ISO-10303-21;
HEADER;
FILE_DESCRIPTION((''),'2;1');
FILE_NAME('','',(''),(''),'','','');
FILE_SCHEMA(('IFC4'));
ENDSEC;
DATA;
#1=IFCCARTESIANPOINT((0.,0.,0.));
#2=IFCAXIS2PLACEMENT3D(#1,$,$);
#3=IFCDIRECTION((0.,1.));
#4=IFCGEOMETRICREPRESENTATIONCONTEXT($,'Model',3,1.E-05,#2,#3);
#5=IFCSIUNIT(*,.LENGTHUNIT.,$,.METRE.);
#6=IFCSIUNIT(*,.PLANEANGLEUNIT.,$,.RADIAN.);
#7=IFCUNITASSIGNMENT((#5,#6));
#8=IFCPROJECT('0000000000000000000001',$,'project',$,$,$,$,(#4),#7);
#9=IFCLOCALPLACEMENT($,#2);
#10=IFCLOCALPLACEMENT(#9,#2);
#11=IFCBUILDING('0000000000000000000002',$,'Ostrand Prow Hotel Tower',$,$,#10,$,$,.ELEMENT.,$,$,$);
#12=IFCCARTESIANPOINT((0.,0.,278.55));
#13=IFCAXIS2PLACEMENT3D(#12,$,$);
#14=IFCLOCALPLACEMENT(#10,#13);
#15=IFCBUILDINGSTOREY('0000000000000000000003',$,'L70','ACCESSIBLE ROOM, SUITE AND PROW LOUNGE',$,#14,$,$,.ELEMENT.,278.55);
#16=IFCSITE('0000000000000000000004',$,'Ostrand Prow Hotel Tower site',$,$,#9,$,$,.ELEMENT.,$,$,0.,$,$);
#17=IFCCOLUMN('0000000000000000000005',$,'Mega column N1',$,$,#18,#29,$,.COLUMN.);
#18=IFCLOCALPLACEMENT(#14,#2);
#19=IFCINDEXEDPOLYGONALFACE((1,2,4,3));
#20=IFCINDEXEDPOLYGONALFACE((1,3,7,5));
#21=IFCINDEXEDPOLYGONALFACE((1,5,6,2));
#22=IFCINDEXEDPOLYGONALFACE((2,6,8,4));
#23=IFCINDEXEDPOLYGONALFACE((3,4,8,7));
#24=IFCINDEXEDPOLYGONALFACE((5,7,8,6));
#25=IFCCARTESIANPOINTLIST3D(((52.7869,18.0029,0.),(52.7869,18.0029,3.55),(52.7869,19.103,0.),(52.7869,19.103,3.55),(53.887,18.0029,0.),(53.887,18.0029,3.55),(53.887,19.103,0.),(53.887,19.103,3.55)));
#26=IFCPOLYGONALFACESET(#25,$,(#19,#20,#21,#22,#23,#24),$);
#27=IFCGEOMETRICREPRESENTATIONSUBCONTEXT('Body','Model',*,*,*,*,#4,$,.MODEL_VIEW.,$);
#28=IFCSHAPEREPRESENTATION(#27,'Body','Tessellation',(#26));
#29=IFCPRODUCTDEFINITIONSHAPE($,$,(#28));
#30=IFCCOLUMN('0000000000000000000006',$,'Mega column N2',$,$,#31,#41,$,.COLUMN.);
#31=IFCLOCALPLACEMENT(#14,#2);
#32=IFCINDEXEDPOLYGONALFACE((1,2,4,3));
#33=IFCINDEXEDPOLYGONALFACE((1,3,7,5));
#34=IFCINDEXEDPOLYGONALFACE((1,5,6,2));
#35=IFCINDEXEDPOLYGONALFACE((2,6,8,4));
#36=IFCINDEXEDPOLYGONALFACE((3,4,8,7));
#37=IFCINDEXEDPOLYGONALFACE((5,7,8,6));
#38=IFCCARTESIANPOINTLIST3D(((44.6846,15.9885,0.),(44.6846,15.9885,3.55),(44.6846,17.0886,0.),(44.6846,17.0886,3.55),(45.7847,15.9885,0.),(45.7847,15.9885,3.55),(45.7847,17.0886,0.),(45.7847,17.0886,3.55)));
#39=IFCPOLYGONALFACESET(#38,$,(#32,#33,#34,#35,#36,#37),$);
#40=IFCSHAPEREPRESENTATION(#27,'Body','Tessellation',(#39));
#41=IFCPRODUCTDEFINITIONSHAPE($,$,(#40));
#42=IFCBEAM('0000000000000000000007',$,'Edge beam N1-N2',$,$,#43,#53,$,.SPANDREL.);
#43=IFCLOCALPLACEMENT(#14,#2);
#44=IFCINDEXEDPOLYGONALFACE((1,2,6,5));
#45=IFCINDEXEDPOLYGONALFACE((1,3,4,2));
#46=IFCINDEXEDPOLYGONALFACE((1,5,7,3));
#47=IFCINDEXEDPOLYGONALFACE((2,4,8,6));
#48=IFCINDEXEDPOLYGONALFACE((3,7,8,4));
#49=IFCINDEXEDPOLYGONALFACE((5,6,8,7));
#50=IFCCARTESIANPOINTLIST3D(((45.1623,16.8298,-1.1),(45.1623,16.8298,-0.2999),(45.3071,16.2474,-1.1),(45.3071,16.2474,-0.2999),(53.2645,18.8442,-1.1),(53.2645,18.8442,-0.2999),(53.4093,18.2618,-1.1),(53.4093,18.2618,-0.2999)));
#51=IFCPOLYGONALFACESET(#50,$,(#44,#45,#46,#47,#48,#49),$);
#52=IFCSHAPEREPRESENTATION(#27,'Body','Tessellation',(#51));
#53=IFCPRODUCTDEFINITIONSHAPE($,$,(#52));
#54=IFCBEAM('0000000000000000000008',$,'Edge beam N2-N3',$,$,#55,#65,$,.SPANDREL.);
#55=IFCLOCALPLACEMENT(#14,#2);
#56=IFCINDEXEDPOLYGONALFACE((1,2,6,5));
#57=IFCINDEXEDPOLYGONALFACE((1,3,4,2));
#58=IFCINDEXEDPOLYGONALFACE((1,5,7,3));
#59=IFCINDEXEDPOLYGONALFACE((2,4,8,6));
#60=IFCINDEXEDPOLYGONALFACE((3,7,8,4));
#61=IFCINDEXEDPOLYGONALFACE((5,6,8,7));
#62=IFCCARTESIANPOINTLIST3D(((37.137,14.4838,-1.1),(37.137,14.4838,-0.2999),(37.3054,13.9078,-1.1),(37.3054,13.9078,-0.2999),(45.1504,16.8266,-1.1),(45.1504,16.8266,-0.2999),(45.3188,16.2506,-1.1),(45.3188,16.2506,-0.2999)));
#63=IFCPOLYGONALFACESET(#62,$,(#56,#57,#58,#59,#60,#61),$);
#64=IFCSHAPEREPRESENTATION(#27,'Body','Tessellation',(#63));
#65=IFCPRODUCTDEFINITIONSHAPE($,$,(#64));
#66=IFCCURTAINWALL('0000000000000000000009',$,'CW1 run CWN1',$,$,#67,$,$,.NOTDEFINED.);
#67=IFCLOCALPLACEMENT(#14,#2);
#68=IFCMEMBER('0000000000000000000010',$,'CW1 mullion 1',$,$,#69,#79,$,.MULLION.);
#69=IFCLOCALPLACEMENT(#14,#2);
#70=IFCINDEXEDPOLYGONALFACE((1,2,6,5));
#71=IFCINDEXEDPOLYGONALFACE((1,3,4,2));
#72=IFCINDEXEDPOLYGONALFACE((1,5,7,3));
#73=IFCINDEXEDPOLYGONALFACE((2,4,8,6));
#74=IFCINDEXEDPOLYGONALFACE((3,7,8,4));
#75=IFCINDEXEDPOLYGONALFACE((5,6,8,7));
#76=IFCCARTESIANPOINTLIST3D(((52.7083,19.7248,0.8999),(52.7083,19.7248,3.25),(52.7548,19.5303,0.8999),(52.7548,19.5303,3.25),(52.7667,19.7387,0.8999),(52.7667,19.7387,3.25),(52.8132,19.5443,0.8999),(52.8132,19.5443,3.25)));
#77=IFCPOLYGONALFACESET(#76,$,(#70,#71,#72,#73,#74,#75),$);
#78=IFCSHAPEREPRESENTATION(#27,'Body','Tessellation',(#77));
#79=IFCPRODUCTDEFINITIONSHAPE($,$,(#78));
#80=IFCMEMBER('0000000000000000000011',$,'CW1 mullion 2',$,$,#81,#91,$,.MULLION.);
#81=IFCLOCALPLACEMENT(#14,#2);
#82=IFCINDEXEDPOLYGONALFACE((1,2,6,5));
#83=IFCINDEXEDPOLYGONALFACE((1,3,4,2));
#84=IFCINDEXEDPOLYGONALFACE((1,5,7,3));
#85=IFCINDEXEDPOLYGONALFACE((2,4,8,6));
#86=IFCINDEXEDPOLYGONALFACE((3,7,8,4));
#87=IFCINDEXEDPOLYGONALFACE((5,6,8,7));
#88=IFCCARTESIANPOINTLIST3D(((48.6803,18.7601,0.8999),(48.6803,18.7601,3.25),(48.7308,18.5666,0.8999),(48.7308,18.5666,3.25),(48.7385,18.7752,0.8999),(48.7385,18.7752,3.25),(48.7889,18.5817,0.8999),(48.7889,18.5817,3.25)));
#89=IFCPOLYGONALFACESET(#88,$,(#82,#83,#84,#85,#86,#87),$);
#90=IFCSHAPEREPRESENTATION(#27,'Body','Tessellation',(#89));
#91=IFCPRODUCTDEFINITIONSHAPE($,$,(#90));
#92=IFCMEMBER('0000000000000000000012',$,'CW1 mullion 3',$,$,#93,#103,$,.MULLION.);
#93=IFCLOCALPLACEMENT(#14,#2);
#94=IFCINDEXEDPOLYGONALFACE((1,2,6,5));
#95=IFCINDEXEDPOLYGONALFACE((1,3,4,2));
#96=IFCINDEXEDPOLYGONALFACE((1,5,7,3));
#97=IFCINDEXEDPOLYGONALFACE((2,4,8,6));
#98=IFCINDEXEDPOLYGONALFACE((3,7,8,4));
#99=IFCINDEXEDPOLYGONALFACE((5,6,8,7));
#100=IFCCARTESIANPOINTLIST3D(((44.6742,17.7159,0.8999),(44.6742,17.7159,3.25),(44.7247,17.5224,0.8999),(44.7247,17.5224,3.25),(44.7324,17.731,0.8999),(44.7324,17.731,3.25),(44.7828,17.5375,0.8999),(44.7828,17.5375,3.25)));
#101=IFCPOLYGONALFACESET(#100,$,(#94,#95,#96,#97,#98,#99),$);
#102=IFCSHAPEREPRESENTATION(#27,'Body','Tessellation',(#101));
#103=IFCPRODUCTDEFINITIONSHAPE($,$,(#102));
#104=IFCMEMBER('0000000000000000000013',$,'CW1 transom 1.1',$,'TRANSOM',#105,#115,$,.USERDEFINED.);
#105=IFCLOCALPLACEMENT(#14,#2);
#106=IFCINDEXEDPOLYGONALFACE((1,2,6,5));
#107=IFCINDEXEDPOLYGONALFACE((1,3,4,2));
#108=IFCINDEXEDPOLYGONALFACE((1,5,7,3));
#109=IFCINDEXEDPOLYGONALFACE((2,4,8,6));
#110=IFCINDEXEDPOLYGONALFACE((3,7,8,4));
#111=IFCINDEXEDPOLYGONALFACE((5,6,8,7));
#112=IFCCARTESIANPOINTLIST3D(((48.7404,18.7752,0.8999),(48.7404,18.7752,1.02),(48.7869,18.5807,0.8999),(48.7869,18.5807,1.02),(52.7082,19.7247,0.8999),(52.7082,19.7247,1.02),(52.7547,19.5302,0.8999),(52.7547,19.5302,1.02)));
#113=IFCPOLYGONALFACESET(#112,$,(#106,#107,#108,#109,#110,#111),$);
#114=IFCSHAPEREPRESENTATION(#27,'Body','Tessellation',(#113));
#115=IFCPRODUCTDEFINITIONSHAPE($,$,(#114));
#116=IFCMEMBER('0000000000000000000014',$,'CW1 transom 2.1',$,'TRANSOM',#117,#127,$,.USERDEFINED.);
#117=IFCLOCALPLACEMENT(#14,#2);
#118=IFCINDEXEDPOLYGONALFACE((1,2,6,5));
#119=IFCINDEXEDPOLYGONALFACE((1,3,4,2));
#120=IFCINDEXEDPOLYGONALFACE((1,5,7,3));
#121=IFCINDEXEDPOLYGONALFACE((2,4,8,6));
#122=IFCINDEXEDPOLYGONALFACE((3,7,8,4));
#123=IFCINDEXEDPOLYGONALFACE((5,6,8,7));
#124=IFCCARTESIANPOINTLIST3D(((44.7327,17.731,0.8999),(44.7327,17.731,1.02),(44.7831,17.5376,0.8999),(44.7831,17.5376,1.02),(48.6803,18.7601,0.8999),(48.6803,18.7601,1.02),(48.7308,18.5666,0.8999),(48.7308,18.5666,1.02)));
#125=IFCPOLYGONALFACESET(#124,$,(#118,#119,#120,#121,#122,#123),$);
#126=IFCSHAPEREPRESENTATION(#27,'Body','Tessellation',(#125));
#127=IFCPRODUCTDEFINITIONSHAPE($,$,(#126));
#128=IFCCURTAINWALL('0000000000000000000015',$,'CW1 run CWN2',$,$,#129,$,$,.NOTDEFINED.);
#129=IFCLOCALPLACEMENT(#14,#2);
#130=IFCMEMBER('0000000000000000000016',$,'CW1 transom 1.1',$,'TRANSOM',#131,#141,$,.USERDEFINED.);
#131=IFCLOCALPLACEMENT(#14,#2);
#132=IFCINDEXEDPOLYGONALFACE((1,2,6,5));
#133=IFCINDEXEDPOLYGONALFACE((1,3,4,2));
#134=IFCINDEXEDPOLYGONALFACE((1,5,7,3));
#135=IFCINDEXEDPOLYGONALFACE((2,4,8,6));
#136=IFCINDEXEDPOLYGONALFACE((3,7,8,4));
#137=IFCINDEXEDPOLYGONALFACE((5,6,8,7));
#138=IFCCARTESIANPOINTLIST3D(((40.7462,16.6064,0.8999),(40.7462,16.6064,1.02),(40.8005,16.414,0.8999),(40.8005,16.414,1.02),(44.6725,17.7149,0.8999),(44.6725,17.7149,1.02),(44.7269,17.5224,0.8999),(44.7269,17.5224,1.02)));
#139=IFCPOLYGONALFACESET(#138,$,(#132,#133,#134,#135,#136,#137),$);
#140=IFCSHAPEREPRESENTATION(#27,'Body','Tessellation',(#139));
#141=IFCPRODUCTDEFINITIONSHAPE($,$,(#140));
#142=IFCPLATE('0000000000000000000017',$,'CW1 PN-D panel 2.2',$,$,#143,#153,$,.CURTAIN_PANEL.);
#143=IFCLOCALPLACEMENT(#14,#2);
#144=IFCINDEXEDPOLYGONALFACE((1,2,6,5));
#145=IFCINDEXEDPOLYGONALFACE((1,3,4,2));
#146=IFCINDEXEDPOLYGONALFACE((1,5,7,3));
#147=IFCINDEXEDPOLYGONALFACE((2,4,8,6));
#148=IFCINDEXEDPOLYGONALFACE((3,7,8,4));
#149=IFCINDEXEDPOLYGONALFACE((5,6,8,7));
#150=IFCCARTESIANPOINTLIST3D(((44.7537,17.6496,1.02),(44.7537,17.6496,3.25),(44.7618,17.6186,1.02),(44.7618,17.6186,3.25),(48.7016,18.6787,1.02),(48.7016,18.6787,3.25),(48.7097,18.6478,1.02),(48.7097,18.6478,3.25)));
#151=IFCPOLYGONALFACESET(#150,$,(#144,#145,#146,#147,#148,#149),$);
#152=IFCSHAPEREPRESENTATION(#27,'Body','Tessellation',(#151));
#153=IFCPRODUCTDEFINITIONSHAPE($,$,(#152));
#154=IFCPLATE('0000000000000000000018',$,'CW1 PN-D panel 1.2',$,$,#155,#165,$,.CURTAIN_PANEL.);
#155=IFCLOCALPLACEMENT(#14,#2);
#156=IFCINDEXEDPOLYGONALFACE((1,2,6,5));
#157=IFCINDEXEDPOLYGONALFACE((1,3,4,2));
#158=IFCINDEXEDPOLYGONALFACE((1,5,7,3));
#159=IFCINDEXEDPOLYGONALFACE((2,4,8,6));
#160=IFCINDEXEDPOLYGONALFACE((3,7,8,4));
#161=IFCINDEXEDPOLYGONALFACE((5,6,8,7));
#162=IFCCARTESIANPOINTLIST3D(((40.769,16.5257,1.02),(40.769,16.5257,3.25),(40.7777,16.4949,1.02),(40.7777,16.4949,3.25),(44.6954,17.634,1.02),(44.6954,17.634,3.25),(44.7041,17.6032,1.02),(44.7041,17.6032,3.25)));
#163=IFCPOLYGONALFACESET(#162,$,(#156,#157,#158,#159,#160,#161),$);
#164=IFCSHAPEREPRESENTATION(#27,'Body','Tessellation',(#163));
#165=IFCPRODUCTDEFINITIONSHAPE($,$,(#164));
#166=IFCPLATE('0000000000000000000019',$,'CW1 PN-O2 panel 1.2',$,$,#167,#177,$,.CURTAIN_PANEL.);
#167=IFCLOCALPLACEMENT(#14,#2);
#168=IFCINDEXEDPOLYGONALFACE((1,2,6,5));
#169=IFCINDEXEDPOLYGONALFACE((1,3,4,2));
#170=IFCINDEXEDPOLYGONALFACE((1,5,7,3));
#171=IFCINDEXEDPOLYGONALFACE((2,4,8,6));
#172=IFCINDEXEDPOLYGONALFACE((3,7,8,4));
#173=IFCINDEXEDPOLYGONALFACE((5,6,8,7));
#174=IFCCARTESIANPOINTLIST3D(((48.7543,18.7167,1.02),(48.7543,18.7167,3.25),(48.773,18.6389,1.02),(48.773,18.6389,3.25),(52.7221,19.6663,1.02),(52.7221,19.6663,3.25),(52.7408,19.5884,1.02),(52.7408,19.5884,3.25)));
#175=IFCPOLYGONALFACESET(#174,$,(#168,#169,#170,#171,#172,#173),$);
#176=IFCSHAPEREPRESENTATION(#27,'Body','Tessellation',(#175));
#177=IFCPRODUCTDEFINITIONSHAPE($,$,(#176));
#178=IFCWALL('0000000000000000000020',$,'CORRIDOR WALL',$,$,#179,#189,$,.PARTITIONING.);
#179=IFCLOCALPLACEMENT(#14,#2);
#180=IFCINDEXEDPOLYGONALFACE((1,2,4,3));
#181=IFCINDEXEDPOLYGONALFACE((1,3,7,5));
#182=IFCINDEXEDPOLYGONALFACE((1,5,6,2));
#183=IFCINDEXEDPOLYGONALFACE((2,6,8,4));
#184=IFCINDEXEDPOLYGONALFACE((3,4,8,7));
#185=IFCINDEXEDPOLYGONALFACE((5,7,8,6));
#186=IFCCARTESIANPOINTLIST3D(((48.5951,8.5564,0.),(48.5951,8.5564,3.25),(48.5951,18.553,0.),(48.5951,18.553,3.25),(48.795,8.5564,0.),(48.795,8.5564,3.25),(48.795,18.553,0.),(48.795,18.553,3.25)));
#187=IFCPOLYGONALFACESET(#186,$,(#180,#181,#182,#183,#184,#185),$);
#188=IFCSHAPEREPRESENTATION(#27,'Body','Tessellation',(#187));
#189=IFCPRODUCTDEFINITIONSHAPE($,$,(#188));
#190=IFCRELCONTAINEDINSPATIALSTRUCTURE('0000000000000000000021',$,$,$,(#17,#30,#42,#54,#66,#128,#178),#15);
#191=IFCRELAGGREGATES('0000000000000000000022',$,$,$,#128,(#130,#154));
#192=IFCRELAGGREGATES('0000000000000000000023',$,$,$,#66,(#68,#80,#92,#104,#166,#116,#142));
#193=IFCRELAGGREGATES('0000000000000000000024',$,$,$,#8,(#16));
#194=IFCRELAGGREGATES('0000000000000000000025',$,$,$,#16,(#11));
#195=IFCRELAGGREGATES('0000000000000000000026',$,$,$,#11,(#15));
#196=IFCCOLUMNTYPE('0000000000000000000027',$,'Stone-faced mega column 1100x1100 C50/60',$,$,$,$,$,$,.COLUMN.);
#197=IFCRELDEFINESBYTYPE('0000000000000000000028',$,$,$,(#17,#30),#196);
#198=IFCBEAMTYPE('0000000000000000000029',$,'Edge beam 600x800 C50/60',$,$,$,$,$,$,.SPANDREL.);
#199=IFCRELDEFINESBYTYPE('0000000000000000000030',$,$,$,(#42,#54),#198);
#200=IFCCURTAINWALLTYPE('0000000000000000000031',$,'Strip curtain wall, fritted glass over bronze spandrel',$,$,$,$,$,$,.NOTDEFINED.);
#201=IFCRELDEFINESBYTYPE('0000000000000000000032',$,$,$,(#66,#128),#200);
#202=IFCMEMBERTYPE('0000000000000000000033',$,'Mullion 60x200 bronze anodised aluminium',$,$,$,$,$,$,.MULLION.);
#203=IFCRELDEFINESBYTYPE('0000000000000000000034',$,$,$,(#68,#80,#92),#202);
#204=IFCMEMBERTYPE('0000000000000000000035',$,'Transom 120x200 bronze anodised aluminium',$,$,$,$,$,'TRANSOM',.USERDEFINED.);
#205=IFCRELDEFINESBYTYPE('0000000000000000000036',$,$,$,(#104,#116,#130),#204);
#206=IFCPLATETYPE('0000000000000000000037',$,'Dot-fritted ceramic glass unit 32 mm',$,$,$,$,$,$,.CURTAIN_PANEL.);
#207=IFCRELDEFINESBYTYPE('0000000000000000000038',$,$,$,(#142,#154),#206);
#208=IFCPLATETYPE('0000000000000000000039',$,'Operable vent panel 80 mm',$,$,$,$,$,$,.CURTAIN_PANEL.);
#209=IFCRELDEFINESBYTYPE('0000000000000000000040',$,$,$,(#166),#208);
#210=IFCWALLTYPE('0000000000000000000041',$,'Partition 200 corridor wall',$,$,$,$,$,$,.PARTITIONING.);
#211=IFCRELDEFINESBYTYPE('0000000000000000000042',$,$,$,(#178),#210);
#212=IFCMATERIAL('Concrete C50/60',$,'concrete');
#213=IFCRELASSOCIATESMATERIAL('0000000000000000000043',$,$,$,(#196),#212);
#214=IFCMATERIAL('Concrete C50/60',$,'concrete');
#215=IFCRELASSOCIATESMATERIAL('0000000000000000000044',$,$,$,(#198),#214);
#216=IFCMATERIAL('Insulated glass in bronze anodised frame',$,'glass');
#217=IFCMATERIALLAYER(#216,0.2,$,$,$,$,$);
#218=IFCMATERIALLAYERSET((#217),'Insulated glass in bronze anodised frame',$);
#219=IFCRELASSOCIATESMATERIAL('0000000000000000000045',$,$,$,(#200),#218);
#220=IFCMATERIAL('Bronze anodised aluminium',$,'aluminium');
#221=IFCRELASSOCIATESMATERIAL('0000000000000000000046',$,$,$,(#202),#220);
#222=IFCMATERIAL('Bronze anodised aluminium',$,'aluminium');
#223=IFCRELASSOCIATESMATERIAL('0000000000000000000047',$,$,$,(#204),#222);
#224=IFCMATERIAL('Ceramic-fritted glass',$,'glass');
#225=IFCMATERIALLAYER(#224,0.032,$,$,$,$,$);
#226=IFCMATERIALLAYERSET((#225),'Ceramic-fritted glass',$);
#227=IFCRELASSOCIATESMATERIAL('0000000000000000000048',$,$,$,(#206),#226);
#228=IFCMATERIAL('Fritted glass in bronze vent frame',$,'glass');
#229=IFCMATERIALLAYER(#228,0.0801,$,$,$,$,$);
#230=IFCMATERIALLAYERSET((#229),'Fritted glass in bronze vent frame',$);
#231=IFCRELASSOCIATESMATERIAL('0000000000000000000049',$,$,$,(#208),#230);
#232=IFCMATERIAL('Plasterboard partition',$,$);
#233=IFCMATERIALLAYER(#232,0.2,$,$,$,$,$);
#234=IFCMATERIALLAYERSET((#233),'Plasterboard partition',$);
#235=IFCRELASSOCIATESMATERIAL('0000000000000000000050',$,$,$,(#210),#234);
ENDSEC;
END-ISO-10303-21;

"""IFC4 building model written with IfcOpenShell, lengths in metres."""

from ifc_helpers import new_model, si_unit, direction, frame, frame_2d, origin, origin_2d, place, context, subcontext, project, spatial, rectangle, extrude, material, layer, layer_set, material_profile, profile_set, type_object, element, aggregate, save


model = new_model("IFC4")

# Units and contexts
model_context = context("Model", 3, precision=1e-05, world=origin(), true_north=direction((0.0, 1.0)))
body_context = subcontext(model_context, "Body", "Model", "MODEL_VIEW")
ifc_project = project(units=[si_unit("LENGTHUNIT", "METRE"), si_unit("PLANEANGLEUNIT", "RADIAN")], contexts=[model_context])

# Site, building, storey
site_placement = place(None, origin())
site = spatial("IfcSite", under=ifc_project, at=site_placement, Name="Ostrand Prow Hotel Tower site", CompositionType="ELEMENT", RefElevation=0.0)
building_placement = place(site_placement, origin())
building = spatial("IfcBuilding", under=site, at=building_placement, Name="Ostrand Prow Hotel Tower", CompositionType="ELEMENT")
storey_placement = place(building_placement, frame((0.0, 0.0, 278.55)))
storey = spatial("IfcBuildingStorey", under=building, at=storey_placement, Name="L70", Description="ACCESSIBLE ROOM, SUITE AND PROW LOUNGE", CompositionType="ELEMENT", Elevation=278.55)

# Columns
ifc_material_1 = material(Name="Concrete C50/60", Category="concrete")
ifc_material_profile_1 = material_profile(ifc_material_1, rectangle(XDim=1.1001, YDim=1.1001, at=origin_2d()), Name="RC 1100x1100")
ifc_profile_set_1 = profile_set([ifc_material_profile_1], Name="Concrete C50/60")
column_type = type_object("IfcColumnType", Name="Stone-faced mega column 1100x1100 C50/60", PredefinedType="COLUMN", material=ifc_profile_set_1)
for number, where, z_axis, x_axis, name in (
    (1, (53.3369, 18.553, 0.0), (0.0, 0.0, 1.0), (1.0, 0.0, 0.0), "Mega column N1"),
    (2, (45.2346, 16.5386, 0.0), (0.0, 0.0, 1.0), (1.0, 0.0, 0.0), "Mega column N2"),
):
    element("IfcColumn", number, at=place(storey_placement, frame(where, z_axis=z_axis, x_axis=x_axis)), inside=storey, type_object=column_type, Name=name, PredefinedType="COLUMN", context=body_context, shape_type="SweptSolid", body=[
        extrude(rectangle(XDim=1.1001, YDim=1.1001, at=origin_2d()), origin(), (0.0, 0.0, 1.0), 3.55),
    ])

# Beams
ifc_material_2 = material(Name="Concrete C50/60", Category="concrete")
ifc_material_profile_2 = material_profile(ifc_material_2, rectangle(XDim=0.6001, YDim=0.8, at=origin_2d()), Name="RC 600x800")
ifc_profile_set_2 = profile_set([ifc_material_profile_2], Name="Concrete C50/60")
beam_type = type_object("IfcBeamType", Name="Edge beam 600x800 C50/60", PredefinedType="SPANDREL", material=ifc_profile_set_2)
for number, where, z_axis, x_axis, name in (
    (3, (53.3369, 18.553, -0.7), (-0.970456, -0.241276, 0.0), (0.241276, -0.970456, 0.0), "Edge beam N1-N2"),
    (4, (45.2346, 16.5386, -0.7), (-0.959822, -0.28061, 0.0), (0.28061, -0.959822, 0.0), "Edge beam N2-N3"),
):
    element("IfcBeam", number, at=place(storey_placement, frame(where, z_axis=z_axis, x_axis=x_axis)), inside=storey, type_object=beam_type, Name=name, PredefinedType="SPANDREL", context=body_context, shape_type="SweptSolid", body=[
        extrude(rectangle(XDim=0.6001, YDim=0.8, at=origin_2d()), origin(), (0.0, 0.0, 1.0), 8.3489),
    ])

# Curtain wall, members
ifc_material_3 = material(Name="Insulated glass in bronze anodised frame", Category="glass")
ifc_layer_1 = layer(ifc_material_3, 0.2)
ifc_layer_set_1 = layer_set([ifc_layer_1], Name="Insulated glass in bronze anodised frame")
curtain_wall_type = type_object("IfcCurtainWallType", Name="Strip curtain wall, fritted glass over bronze spandrel", PredefinedType="NOTDEFINED", material=ifc_layer_set_1)
curtain_wall_1_placement = place(storey_placement, origin())
curtain_wall_1 = element("IfcCurtainWall", 5, at=curtain_wall_1_placement, inside=storey, type_object=curtain_wall_type, Name="CW1 run CWN1", PredefinedType="NOTDEFINED")
ifc_material_4 = material(Name="Bronze anodised aluminium", Category="aluminium")
ifc_material_profile_3 = material_profile(ifc_material_4, rectangle(XDim=0.2, YDim=0.0601, at=origin_2d()), Name="Mullion 60x200 bronze anodised aluminium")
ifc_profile_set_3 = profile_set([ifc_material_profile_3], Name="Bronze anodised aluminium")
member_type_1 = type_object("IfcMemberType", Name="Mullion 60x200 bronze anodised aluminium", PredefinedType="MULLION", material=ifc_profile_set_3)
member_1_placement = place(storey_placement, frame((52.7607, 19.6345, 0.8999), z_axis=(0.0, 0.0, 1.0), x_axis=(0.232746, -0.972538, 0.0)))
member_1 = element("IfcMember", 6, at=member_1_placement, type_object=member_type_1, Name="CW1 mullion 1", PredefinedType="MULLION", context=body_context, shape_type="SweptSolid", body=[
    extrude(rectangle(XDim=0.2, YDim=0.0601, at=origin_2d()), origin(), (0.0, 0.0, 1.0), 2.3501),
])
member_2_placement = place(storey_placement, frame((48.7346, 18.6709, 0.8999), z_axis=(0.0, 0.0, 1.0), x_axis=(0.252248, -0.967663, 0.0)))
member_2 = element("IfcMember", 7, at=member_2_placement, type_object=member_type_1, Name="CW1 mullion 2", PredefinedType="MULLION", context=body_context, shape_type="SweptSolid", body=[
    extrude(rectangle(XDim=0.2, YDim=0.0601, at=origin_2d()), origin(), (0.0, 0.0, 1.0), 2.3501),
])
member_3_placement = place(storey_placement, frame((44.7285, 17.6267, 0.8999), z_axis=(0.0, 0.0, 1.0), x_axis=(0.252248, -0.967663, 0.0)))
member_3 = element("IfcMember", 8, at=member_3_placement, type_object=member_type_1, Name="CW1 mullion 3", PredefinedType="MULLION", context=body_context, shape_type="SweptSolid", body=[
    extrude(rectangle(XDim=0.2, YDim=0.0601, at=origin_2d()), origin(), (0.0, 0.0, 1.0), 2.3501),
])
ifc_material_5 = material(Name="Bronze anodised aluminium", Category="aluminium")
ifc_material_profile_4 = material_profile(ifc_material_5, rectangle(XDim=0.2, YDim=0.1201, at=origin_2d()), Name="Transom 120x200 bronze anodised aluminium")
ifc_profile_set_4 = profile_set([ifc_material_profile_4], Name="Bronze anodised aluminium")
member_type_2 = type_object("IfcMemberType", Name="Transom 120x200 bronze anodised aluminium", ElementType="TRANSOM", PredefinedType="USERDEFINED", material=ifc_profile_set_4)
member_4_placement = place(storey_placement, frame((52.7314, 19.6274, 0.96), z_axis=(-0.972543, -0.232723, 0.0), x_axis=(0.232723, -0.972543, 0.0)))
member_4 = element("IfcMember", 9, at=member_4_placement, type_object=member_type_2, Name="CW1 transom 1.1", ObjectType="TRANSOM", PredefinedType="USERDEFINED", context=body_context, shape_type="SweptSolid", body=[
    extrude(rectangle(XDim=0.2, YDim=0.1201, at=origin_2d()), origin(), (0.0, 0.0, 1.0), 4.0798),
])
member_5_placement = place(storey_placement, frame((48.7056, 18.6633, 0.96), z_axis=(-0.967665, -0.252239, 0.0), x_axis=(0.252239, -0.967665, 0.0)))
member_5 = element("IfcMember", 10, at=member_5_placement, type_object=member_type_2, Name="CW1 transom 2.1", ObjectType="TRANSOM", PredefinedType="USERDEFINED", context=body_context, shape_type="SweptSolid", body=[
    extrude(rectangle(XDim=0.2, YDim=0.1201, at=origin_2d()), origin(), (0.0, 0.0, 1.0), 4.0796),
])

# Curtain wall, member
curtain_wall_2_placement = place(storey_placement, origin())
curtain_wall_2 = element("IfcCurtainWall", 11, at=curtain_wall_2_placement, inside=storey, type_object=curtain_wall_type, Name="CW1 run CWN2", PredefinedType="NOTDEFINED")
member_6_placement = place(storey_placement, frame((44.6997, 17.6187, 0.96), z_axis=(-0.962386, -0.271685, 0.0), x_axis=(0.271685, -0.962386, 0.0)))
member_6 = element("IfcMember", 12, at=member_6_placement, type_object=member_type_2, Name="CW1 transom 1.1", ObjectType="TRANSOM", PredefinedType="USERDEFINED", context=body_context, shape_type="SweptSolid", body=[
    extrude(rectangle(XDim=0.2, YDim=0.1201, at=origin_2d()), origin(), (0.0, 0.0, 1.0), 4.0798),
])

# Plates
ifc_material_6 = material(Name="Ceramic-fritted glass", Category="glass")
ifc_layer_2 = layer(ifc_material_6, 0.032)
ifc_layer_set_2 = layer_set([ifc_layer_2], Name="Ceramic-fritted glass")
plate_type_1 = type_object("IfcPlateType", Name="Dot-fritted ceramic glass unit 32 mm", PredefinedType="CURTAIN_PANEL", material=ifc_layer_set_2)
plate_1_placement = place(storey_placement, frame((46.7317, 18.1487, 1.02), z_axis=(0.0, 0.0, 1.0), x_axis=(-0.967663, -0.252248, 0.0)))
plate_1 = element("IfcPlate", 13, at=plate_1_placement, type_object=plate_type_1, Name="CW1 PN-D panel 2.2", PredefinedType="CURTAIN_PANEL", context=body_context, shape_type="SweptSolid", body=[
    extrude(rectangle(XDim=4.0798, YDim=0.032, at=origin_2d()), origin(), (0.0, 0.0, 1.0), 2.23),
])
plate_2_placement = place(storey_placement, frame((42.7366, 17.0645, 1.02), z_axis=(0.0, 0.0, 1.0), x_axis=(-0.962396, -0.271649, 0.0)))
plate_2 = element("IfcPlate", 14, at=plate_2_placement, type_object=plate_type_1, Name="CW1 PN-D panel 1.2", PredefinedType="CURTAIN_PANEL", context=body_context, shape_type="SweptSolid", body=[
    extrude(rectangle(XDim=4.0798, YDim=0.032, at=origin_2d()), origin(), (0.0, 0.0, 1.0), 2.23),
])
aggregate(curtain_wall_2, [member_6, plate_2])
ifc_material_7 = material(Name="Fritted glass in bronze vent frame", Category="glass")
ifc_layer_3 = layer(ifc_material_7, 0.0801)
ifc_layer_set_3 = layer_set([ifc_layer_3], Name="Fritted glass in bronze vent frame")
plate_type_2 = type_object("IfcPlateType", Name="Operable vent panel 80 mm", PredefinedType="CURTAIN_PANEL", material=ifc_layer_set_3)
plate_3_placement = place(storey_placement, frame((50.7476, 19.1526, 1.02), z_axis=(0.0, 0.0, 1.0), x_axis=(-0.972538, -0.232746, 0.0)))
plate_3 = element("IfcPlate", 15, at=plate_3_placement, type_object=plate_type_2, Name="CW1 PN-O2 panel 1.2", PredefinedType="CURTAIN_PANEL", context=body_context, shape_type="SweptSolid", body=[
    extrude(rectangle(XDim=4.0798, YDim=0.0801, at=origin_2d()), origin(), (0.0, 0.0, 1.0), 2.23),
])
aggregate(curtain_wall_1, [member_1, member_2, member_3, member_4, plate_3, member_5, plate_1])

# Wall
ifc_material_8 = material(Name="Plasterboard partition")
ifc_layer_4 = layer(ifc_material_8, 0.2)
ifc_layer_set_4 = layer_set([ifc_layer_4], Name="Plasterboard partition")
wall_type_1 = type_object("IfcWallType", Name="Partition 200 corridor wall", PredefinedType="PARTITIONING", material=ifc_layer_set_4)
wall_1_placement = place(storey_placement, frame((48.6951, 18.553, 0.0), z_axis=(0.0, 0.0, 1.0), x_axis=(0.0, -1.0, 0.0)))
element("IfcWall", 16, at=wall_1_placement, inside=storey, type_object=wall_type_1, Name="CORRIDOR WALL", PredefinedType="PARTITIONING", context=body_context, shape_type="SweptSolid", body=[
    extrude(rectangle(XDim=9.9966, YDim=0.2, at=frame_2d((4.9983, 0.0))), origin(), (0.0, 0.0, 1.0), 3.25),
])

save(model, "model.ifc")
